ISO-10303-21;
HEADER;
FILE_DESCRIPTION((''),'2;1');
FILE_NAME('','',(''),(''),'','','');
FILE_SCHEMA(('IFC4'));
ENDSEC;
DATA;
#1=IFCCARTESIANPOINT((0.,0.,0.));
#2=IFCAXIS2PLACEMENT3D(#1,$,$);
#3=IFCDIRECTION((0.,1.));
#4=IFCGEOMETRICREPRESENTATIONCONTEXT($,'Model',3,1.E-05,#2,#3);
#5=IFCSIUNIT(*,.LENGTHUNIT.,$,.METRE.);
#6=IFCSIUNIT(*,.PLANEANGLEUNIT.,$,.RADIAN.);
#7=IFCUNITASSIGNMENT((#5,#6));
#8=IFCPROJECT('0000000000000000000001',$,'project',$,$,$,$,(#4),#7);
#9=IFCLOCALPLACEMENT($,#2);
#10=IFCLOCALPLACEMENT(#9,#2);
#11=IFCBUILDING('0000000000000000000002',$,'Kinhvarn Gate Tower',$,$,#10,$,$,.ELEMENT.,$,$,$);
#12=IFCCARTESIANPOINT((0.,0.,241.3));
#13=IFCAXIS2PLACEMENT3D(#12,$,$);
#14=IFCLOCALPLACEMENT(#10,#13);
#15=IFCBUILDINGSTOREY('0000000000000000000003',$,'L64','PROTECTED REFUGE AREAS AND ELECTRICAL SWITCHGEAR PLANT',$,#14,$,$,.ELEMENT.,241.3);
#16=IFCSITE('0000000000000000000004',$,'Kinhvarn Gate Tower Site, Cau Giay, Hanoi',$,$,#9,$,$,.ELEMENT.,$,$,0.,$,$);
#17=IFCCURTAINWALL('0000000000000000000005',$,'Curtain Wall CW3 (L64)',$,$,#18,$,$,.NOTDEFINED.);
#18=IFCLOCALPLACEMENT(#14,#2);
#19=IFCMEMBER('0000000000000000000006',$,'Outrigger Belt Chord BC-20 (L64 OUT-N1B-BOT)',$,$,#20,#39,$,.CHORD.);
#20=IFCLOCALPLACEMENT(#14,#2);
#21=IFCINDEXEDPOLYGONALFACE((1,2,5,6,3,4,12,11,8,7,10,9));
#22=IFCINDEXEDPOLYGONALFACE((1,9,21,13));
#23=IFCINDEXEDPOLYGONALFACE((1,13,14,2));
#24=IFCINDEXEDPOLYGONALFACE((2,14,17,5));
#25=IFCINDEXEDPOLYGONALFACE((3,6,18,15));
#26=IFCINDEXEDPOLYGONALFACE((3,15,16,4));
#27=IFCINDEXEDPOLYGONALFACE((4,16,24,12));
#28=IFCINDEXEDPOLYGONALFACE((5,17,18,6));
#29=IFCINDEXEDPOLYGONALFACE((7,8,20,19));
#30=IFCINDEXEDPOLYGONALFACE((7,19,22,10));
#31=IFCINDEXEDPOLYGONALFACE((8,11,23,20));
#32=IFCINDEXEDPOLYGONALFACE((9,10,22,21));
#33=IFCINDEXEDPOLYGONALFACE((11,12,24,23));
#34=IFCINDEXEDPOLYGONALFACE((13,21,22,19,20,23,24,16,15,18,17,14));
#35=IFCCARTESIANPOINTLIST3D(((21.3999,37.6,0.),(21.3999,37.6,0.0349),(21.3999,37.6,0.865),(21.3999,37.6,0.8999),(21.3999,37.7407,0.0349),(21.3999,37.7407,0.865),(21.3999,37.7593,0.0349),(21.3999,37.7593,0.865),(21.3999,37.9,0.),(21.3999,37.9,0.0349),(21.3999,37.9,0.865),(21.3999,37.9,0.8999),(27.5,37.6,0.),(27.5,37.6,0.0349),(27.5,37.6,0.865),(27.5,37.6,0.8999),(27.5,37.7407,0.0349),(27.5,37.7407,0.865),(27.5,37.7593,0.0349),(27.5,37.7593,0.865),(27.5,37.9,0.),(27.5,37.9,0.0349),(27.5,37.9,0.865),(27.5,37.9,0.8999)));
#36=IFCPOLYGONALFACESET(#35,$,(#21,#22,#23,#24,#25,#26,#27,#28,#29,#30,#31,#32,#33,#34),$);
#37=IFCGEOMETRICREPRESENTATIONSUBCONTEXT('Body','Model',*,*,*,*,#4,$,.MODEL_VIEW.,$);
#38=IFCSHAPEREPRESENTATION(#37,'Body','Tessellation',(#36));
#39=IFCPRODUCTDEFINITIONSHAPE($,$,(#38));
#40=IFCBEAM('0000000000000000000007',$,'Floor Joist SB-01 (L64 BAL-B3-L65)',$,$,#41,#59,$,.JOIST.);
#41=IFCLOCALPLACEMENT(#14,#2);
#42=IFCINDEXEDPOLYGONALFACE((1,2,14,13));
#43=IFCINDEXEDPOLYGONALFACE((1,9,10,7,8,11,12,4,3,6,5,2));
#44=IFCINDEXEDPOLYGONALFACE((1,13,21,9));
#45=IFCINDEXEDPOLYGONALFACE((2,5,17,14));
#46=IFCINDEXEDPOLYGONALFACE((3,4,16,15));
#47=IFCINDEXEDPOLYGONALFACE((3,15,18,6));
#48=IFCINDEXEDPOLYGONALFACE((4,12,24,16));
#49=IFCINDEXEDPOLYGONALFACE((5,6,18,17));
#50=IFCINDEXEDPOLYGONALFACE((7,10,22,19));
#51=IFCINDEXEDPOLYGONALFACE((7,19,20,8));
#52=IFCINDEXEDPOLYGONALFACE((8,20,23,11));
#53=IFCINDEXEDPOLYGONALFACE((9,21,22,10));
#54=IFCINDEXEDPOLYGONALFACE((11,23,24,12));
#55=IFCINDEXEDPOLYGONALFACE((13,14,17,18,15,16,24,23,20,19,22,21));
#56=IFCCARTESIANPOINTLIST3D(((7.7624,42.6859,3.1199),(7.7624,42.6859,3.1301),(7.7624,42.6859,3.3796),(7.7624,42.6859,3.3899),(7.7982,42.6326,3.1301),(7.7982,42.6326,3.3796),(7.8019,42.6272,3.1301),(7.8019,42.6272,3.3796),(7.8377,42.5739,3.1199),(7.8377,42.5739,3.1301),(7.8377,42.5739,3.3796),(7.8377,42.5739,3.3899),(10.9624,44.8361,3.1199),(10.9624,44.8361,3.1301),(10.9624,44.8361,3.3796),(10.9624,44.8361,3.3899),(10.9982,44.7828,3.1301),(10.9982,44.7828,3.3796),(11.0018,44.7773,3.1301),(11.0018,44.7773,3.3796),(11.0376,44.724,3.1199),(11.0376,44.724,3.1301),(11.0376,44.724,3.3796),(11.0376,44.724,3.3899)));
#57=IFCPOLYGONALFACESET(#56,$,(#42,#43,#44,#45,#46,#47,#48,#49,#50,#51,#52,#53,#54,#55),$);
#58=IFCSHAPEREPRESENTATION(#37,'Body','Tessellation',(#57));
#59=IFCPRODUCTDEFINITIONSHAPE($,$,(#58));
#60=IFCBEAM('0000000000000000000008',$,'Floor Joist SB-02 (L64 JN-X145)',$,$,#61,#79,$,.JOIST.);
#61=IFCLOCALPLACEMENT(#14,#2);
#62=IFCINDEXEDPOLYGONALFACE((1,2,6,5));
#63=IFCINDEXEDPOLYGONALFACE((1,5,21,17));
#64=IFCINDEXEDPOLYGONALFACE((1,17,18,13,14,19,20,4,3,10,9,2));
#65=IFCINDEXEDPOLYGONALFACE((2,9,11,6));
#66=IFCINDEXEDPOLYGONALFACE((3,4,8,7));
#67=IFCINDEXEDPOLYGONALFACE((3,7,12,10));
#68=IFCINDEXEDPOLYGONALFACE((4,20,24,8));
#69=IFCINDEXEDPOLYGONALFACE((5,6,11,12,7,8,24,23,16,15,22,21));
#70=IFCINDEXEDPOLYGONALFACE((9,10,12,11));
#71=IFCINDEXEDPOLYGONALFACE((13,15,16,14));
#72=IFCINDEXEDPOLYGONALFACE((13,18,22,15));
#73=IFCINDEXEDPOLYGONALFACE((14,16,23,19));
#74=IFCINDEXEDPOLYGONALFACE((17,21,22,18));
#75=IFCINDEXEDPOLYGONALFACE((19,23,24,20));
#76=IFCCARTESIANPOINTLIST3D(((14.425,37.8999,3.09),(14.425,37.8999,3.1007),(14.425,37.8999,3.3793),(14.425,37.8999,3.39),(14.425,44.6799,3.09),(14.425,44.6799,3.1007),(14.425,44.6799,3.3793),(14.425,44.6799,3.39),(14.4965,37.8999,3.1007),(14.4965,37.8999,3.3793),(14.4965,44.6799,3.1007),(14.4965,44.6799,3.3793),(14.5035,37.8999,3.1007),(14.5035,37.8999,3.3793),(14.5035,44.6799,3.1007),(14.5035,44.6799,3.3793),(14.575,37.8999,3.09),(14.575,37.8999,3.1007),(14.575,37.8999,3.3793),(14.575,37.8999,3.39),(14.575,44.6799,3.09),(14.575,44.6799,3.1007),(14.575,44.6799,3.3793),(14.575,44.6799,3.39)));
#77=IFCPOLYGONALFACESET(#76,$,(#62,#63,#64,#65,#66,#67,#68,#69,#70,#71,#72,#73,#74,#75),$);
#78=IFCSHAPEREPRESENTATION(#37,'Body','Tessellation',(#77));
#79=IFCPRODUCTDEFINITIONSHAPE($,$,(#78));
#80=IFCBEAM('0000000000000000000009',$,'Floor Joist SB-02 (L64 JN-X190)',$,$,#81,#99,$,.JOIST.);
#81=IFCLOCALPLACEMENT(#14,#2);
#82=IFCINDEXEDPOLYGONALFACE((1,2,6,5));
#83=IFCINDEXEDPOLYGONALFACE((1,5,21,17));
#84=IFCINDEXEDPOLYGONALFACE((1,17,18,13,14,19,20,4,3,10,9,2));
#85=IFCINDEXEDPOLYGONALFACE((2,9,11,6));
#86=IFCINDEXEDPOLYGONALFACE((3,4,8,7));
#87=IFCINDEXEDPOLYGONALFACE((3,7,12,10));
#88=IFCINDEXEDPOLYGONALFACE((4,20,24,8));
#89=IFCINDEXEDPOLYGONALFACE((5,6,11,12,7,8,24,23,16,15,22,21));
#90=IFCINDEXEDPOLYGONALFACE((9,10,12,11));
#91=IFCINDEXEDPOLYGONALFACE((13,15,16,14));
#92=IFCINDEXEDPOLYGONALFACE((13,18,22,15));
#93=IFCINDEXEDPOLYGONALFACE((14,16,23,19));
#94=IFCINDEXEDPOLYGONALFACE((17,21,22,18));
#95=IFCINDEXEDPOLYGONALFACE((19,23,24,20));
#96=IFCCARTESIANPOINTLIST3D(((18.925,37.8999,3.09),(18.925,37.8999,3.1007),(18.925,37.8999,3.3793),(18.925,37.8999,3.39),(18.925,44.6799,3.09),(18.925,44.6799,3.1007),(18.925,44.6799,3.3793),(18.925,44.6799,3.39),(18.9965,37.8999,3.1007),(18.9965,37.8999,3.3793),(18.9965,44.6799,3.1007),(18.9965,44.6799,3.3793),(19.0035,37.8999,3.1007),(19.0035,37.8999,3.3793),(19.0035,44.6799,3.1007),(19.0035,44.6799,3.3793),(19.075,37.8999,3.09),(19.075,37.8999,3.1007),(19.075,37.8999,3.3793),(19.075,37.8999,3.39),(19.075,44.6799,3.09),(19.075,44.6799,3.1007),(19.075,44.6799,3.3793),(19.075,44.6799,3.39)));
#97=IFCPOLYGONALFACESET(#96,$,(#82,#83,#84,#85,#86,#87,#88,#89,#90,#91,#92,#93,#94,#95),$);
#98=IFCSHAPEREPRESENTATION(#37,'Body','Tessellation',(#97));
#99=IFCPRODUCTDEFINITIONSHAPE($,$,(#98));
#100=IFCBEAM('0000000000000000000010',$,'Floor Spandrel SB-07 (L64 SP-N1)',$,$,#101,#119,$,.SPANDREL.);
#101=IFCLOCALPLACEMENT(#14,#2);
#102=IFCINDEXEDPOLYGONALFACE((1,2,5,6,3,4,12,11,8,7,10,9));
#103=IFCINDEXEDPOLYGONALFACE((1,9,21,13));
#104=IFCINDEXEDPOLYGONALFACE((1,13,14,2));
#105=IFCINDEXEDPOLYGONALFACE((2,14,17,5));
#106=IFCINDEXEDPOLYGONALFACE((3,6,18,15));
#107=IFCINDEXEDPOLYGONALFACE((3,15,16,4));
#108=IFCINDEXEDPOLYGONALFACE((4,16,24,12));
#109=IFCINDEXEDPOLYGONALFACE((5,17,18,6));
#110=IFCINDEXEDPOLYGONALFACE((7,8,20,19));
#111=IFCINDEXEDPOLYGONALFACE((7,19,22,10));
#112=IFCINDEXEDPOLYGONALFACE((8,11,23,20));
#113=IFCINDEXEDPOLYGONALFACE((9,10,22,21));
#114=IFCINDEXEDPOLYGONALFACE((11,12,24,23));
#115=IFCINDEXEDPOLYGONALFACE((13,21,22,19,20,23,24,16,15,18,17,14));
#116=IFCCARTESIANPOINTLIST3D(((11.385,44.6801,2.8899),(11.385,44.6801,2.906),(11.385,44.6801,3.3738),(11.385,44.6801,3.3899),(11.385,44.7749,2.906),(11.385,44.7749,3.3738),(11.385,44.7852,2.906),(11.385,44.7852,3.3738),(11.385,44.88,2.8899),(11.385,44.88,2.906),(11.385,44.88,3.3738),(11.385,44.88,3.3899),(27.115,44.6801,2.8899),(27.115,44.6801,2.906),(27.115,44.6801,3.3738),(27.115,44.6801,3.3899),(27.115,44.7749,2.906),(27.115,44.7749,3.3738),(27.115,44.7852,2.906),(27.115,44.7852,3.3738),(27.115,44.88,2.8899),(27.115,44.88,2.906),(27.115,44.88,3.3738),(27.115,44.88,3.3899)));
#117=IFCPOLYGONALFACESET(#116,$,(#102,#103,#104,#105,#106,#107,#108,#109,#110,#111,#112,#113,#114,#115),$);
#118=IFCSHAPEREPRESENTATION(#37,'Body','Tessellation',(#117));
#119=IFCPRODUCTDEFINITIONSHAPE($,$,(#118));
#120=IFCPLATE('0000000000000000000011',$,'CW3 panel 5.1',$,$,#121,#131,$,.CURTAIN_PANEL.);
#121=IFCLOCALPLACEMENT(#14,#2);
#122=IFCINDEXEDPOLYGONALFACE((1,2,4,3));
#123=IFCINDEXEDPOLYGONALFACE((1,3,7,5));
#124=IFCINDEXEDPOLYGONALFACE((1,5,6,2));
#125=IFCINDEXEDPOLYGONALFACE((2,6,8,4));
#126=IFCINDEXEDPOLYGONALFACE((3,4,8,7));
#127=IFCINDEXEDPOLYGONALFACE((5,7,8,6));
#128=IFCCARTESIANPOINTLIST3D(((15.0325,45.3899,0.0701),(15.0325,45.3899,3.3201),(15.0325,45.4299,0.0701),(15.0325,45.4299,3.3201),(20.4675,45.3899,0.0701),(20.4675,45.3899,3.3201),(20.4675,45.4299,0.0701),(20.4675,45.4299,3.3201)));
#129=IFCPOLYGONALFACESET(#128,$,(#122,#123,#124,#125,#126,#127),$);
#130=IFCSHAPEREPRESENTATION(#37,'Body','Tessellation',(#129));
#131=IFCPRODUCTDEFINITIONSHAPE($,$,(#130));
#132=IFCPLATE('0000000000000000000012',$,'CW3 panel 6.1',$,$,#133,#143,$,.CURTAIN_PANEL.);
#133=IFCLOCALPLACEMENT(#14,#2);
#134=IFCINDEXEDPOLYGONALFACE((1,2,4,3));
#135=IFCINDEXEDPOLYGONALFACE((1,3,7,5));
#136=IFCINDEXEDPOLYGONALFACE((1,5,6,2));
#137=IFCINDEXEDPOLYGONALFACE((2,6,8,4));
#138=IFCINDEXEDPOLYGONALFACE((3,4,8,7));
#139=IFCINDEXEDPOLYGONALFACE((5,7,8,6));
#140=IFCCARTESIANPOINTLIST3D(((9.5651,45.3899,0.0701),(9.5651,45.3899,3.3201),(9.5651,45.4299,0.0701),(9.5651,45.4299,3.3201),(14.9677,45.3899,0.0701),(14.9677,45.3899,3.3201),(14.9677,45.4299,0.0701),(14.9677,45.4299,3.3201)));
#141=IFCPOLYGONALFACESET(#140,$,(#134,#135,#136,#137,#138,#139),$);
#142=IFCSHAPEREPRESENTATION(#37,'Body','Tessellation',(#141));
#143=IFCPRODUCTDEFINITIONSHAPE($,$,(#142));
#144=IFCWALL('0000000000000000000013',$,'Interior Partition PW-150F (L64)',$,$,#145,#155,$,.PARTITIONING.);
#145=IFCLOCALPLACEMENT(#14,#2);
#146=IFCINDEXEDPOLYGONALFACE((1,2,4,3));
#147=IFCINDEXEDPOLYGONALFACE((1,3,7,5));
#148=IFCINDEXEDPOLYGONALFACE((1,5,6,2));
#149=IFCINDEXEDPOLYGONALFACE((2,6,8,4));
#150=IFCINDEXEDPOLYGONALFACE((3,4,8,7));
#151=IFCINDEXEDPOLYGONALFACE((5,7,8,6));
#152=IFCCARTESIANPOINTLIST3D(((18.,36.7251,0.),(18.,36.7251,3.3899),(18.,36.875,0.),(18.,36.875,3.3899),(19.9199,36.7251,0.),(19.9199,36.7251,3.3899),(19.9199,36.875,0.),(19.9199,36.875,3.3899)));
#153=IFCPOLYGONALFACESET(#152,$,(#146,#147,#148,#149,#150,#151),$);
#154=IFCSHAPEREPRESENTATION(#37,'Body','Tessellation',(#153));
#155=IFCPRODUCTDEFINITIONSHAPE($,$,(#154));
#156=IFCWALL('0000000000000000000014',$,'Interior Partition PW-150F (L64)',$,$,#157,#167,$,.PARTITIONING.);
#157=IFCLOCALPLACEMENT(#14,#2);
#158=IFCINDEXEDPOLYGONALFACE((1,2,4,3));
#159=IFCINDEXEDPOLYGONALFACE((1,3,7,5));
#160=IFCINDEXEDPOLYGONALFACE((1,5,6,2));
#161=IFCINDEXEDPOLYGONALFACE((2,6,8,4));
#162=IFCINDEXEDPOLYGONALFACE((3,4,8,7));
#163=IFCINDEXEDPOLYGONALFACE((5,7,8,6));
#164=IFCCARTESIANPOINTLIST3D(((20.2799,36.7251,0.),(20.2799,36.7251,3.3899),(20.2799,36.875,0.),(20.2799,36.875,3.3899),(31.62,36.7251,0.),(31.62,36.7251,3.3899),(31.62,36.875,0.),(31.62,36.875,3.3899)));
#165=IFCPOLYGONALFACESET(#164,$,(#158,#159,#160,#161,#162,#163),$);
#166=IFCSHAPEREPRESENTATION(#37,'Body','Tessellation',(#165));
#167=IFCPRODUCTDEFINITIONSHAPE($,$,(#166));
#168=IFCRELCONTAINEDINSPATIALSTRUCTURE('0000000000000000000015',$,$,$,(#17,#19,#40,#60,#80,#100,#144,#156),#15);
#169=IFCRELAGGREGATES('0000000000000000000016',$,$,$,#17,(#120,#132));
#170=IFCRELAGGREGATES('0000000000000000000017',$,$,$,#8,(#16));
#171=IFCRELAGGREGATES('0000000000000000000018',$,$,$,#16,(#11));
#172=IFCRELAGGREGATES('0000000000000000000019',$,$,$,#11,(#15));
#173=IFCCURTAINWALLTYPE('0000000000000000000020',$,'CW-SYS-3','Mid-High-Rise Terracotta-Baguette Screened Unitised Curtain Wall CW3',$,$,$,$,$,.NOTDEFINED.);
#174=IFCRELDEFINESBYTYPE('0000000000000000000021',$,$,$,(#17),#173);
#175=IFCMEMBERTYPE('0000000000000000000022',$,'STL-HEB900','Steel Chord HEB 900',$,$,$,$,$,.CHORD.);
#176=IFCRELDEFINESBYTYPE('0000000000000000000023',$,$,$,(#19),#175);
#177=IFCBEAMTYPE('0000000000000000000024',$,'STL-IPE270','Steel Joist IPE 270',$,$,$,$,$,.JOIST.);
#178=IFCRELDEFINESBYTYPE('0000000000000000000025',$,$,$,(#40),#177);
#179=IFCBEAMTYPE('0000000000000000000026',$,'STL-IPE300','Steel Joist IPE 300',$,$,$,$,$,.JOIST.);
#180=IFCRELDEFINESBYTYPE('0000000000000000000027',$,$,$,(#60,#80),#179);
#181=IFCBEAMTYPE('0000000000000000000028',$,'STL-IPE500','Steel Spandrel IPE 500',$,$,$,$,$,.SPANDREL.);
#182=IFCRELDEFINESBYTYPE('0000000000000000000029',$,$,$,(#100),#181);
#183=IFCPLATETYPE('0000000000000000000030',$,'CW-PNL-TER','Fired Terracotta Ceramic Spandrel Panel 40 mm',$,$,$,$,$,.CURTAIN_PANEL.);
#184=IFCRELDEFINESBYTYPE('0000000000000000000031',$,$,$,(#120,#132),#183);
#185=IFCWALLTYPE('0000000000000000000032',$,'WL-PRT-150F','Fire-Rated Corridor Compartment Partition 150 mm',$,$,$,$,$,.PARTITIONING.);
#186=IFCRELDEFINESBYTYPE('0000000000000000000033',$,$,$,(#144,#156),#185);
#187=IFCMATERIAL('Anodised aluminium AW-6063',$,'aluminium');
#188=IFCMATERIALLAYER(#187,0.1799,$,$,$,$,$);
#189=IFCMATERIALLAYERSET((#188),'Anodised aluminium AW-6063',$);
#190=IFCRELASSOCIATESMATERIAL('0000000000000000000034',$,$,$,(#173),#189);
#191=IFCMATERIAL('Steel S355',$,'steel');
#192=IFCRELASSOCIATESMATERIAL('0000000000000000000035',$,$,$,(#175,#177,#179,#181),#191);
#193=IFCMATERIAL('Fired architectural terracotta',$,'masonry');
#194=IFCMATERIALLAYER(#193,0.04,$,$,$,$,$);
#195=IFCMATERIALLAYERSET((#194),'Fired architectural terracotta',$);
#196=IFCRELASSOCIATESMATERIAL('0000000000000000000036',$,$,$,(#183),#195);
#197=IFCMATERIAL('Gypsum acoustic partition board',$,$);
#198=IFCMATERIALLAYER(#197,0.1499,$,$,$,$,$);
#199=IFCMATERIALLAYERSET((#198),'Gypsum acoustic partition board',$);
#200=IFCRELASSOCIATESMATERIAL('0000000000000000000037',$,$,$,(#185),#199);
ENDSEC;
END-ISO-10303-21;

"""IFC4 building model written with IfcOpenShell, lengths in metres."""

from ifc_helpers import new_model, si_unit, direction, frame, frame_2d, origin, origin_2d, place, context, subcontext, project, spatial, rectangle, i_section, extrude, material, layer, layer_set, material_profile, profile_set, type_object, element, aggregate, save


model = new_model("IFC4")

# Units and contexts
model_context = context("Model", 3, precision=1e-05, world=origin(), true_north=direction((0.0, 1.0)))
body_context = subcontext(model_context, "Body", "Model", "MODEL_VIEW")
ifc_project = project(units=[si_unit("LENGTHUNIT", "METRE"), si_unit("PLANEANGLEUNIT", "RADIAN")], contexts=[model_context])

# Site, building, storey
site_placement = place(None, origin())
site = spatial("IfcSite", under=ifc_project, at=site_placement, Name="Kinhvarn Gate Tower Site, Cau Giay, Hanoi", CompositionType="ELEMENT", RefElevation=0.0)
building_placement = place(site_placement, origin())
building = spatial("IfcBuilding", under=site, at=building_placement, Name="Kinhvarn Gate Tower", CompositionType="ELEMENT")
storey_placement = place(building_placement, frame((0.0, 0.0, 241.3)))
storey = spatial("IfcBuildingStorey", under=building, at=storey_placement, Name="L64", Description="PROTECTED REFUGE AREAS AND ELECTRICAL SWITCHGEAR PLANT", CompositionType="ELEMENT", Elevation=241.3)

# Curtain wall
ifc_material_1 = material(Name="Anodised aluminium AW-6063", Category="aluminium")
ifc_layer_1 = layer(ifc_material_1, 0.1799)
ifc_layer_set_1 = layer_set([ifc_layer_1], Name="Anodised aluminium AW-6063")
curtain_wall_type = type_object("IfcCurtainWallType", Name="CW-SYS-3", Description="Mid-High-Rise Terracotta-Baguette Screened Unitised Curtain Wall CW3", PredefinedType="NOTDEFINED", material=ifc_layer_set_1)
curtain_wall_placement = place(storey_placement, origin())
curtain_wall = element("IfcCurtainWall", 1, at=curtain_wall_placement, inside=storey, type_object=curtain_wall_type, Name="Curtain Wall CW3 (L64)", PredefinedType="NOTDEFINED")

# Member
ifc_material_2 = material(Name="Steel S355", Category="steel")
ifc_material_profile_1 = material_profile(ifc_material_2, i_section(OverallWidth=0.3, OverallDepth=0.8999, WebThickness=0.0186, FlangeThickness=0.0349, at=origin_2d()), Name="HEB 900")
ifc_profile_set_1 = profile_set([ifc_material_profile_1], Name="Steel S355")
member_type_1 = type_object("IfcMemberType", Name="STL-HEB900", Description="Steel Chord HEB 900", PredefinedType="CHORD", material=ifc_profile_set_1)
member_1_placement = place(storey_placement, frame((21.3999, 37.75, 0.45), z_axis=(1.0, 0.0, 0.0), x_axis=(0.0, 1.0, 0.0)))
element("IfcMember", 2, at=member_1_placement, inside=storey, type_object=member_type_1, Name="Outrigger Belt Chord BC-20 (L64 OUT-N1B-BOT)", PredefinedType="CHORD", context=body_context, shape_type="SweptSolid", body=[
    extrude(i_section(OverallWidth=0.3, OverallDepth=0.8999, WebThickness=0.0186, FlangeThickness=0.0349, at=origin_2d()), origin(), (0.0, 0.0, 1.0), 6.1001),
])

# Beams
ifc_material_profile_2 = material_profile(ifc_material_2, i_section(OverallWidth=0.135, OverallDepth=0.27, WebThickness=0.0066, FlangeThickness=0.0103, at=origin_2d()), Name="IPE 270")
ifc_profile_set_2 = profile_set([ifc_material_profile_2], Name="Steel S355")
beam_type_1 = type_object("IfcBeamType", Name="STL-IPE270", Description="Steel Joist IPE 270", PredefinedType="JOIST", material=ifc_profile_set_2)
beam_1_placement = place(storey_placement, frame((11.0, 44.78, 3.2549), z_axis=(-0.830028, -0.557722, 0.0), x_axis=(0.557722, -0.830028, 0.0)))
element("IfcBeam", 3, at=beam_1_placement, inside=storey, type_object=beam_type_1, Name="Floor Joist SB-01 (L64 BAL-B3-L65)", PredefinedType="JOIST", context=body_context, shape_type="SweptSolid", body=[
    extrude(i_section(OverallWidth=0.135, OverallDepth=0.27, WebThickness=0.0066, FlangeThickness=0.0103, at=origin_2d()), origin(), (0.0, 0.0, 1.0), 3.8552),
])
ifc_material_profile_3 = material_profile(ifc_material_2, i_section(OverallWidth=0.1499, OverallDepth=0.3, WebThickness=0.0071, FlangeThickness=0.0107, at=origin_2d()), Name="IPE 300")
ifc_profile_set_3 = profile_set([ifc_material_profile_3], Name="Steel S355")
beam_type_2 = type_object("IfcBeamType", Name="STL-IPE300", Description="Steel Joist IPE 300", PredefinedType="JOIST", material=ifc_profile_set_3)
for number, where, z_axis, x_axis, name in (
    (4, (14.5, 37.8999, 3.24), (0.0, 1.0, 0.0), (-1.0, 0.0, 0.0), "Floor Joist SB-02 (L64 JN-X145)"),
    (5, (19.0, 37.8999, 3.24), (0.0, 1.0, 0.0), (-1.0, 0.0, 0.0), "Floor Joist SB-02 (L64 JN-X190)"),
):
    element("IfcBeam", number, at=place(storey_placement, frame(where, z_axis=z_axis, x_axis=x_axis)), inside=storey, type_object=beam_type_2, Name=name, PredefinedType="JOIST", context=body_context, shape_type="SweptSolid", body=[
        extrude(i_section(OverallWidth=0.1499, OverallDepth=0.3, WebThickness=0.0071, FlangeThickness=0.0107, at=origin_2d()), origin(), (0.0, 0.0, 1.0), 6.78),
    ])
ifc_material_profile_4 = material_profile(ifc_material_2, i_section(OverallWidth=0.2, OverallDepth=0.5, WebThickness=0.0103, FlangeThickness=0.0161, at=origin_2d()), Name="IPE 500")
ifc_profile_set_4 = profile_set([ifc_material_profile_4], Name="Steel S355")
beam_type_3 = type_object("IfcBeamType", Name="STL-IPE500", Description="Steel Spandrel IPE 500", PredefinedType="SPANDREL", material=ifc_profile_set_4)
beam_2_placement = place(storey_placement, frame((11.385, 44.78, 3.1399), z_axis=(1.0, 0.0, 0.0), x_axis=(0.0, 1.0, 0.0)))
element("IfcBeam", 6, at=beam_2_placement, inside=storey, type_object=beam_type_3, Name="Floor Spandrel SB-07 (L64 SP-N1)", PredefinedType="SPANDREL", context=body_context, shape_type="SweptSolid", body=[
    extrude(i_section(OverallWidth=0.2, OverallDepth=0.5, WebThickness=0.0103, FlangeThickness=0.0161, at=origin_2d()), origin(), (0.0, 0.0, 1.0), 15.73),
])

# Plates
ifc_material_3 = material(Name="Fired architectural terracotta", Category="masonry")
ifc_layer_2 = layer(ifc_material_3, 0.04)
ifc_layer_set_2 = layer_set([ifc_layer_2], Name="Fired architectural terracotta")
plate_type = type_object("IfcPlateType", Name="CW-PNL-TER", Description="Fired Terracotta Ceramic Spandrel Panel 40 mm", PredefinedType="CURTAIN_PANEL", material=ifc_layer_set_2)
plate_1_placement = place(storey_placement, frame((17.75, 45.4099, 0.0701), z_axis=(0.0, 0.0, 1.0), x_axis=(-1.0, 0.0, 0.0)))
plate_1 = element("IfcPlate", 7, at=plate_1_placement, type_object=plate_type, Name="CW3 panel 5.1", PredefinedType="CURTAIN_PANEL", context=body_context, shape_type="SweptSolid", body=[
    extrude(rectangle(XDim=5.4351, YDim=0.04, at=origin_2d()), origin(), (0.0, 0.0, 1.0), 3.25),
])
plate_2_placement = place(storey_placement, frame((12.2664, 45.4099, 0.0701), z_axis=(0.0, 0.0, 1.0), x_axis=(-1.0, 0.0, 0.0)))
plate_2 = element("IfcPlate", 8, at=plate_2_placement, type_object=plate_type, Name="CW3 panel 6.1", PredefinedType="CURTAIN_PANEL", context=body_context, shape_type="SweptSolid", body=[
    extrude(rectangle(XDim=5.4026, YDim=0.04, at=origin_2d()), origin(), (0.0, 0.0, 1.0), 3.25),
])
aggregate(curtain_wall, [plate_1, plate_2])

# Walls
ifc_material_4 = material(Name="Gypsum acoustic partition board")
ifc_layer_3 = layer(ifc_material_4, 0.1499)
ifc_layer_set_3 = layer_set([ifc_layer_3], Name="Gypsum acoustic partition board")
wall_type = type_object("IfcWallType", Name="WL-PRT-150F", Description="Fire-Rated Corridor Compartment Partition 150 mm", PredefinedType="PARTITIONING", material=ifc_layer_set_3)
wall_1_placement = place(storey_placement, frame((18.0, 36.8, 0.0), z_axis=(0.0, 0.0, 1.0), x_axis=(1.0, 0.0, 0.0)))
element("IfcWall", 9, at=wall_1_placement, inside=storey, type_object=wall_type, Name="Interior Partition PW-150F (L64)", PredefinedType="PARTITIONING", context=body_context, shape_type="SweptSolid", body=[
    extrude(rectangle(XDim=1.9199, YDim=0.1499, at=frame_2d((0.96, 0.0))), origin(), (0.0, 0.0, 1.0), 3.3899),
])
wall_2_placement = place(storey_placement, frame((20.28, 36.8, 0.0), z_axis=(0.0, 0.0, 1.0), x_axis=(1.0, 0.0, 0.0)))
element("IfcWall", 10, at=wall_2_placement, inside=storey, type_object=wall_type, Name="Interior Partition PW-150F (L64)", PredefinedType="PARTITIONING", context=body_context, shape_type="SweptSolid", body=[
    extrude(rectangle(XDim=11.3401, YDim=0.1499, at=frame_2d((5.6699, 0.0))), origin(), (0.0, 0.0, 1.0), 3.3899),
])

save(model, "model.ifc")
